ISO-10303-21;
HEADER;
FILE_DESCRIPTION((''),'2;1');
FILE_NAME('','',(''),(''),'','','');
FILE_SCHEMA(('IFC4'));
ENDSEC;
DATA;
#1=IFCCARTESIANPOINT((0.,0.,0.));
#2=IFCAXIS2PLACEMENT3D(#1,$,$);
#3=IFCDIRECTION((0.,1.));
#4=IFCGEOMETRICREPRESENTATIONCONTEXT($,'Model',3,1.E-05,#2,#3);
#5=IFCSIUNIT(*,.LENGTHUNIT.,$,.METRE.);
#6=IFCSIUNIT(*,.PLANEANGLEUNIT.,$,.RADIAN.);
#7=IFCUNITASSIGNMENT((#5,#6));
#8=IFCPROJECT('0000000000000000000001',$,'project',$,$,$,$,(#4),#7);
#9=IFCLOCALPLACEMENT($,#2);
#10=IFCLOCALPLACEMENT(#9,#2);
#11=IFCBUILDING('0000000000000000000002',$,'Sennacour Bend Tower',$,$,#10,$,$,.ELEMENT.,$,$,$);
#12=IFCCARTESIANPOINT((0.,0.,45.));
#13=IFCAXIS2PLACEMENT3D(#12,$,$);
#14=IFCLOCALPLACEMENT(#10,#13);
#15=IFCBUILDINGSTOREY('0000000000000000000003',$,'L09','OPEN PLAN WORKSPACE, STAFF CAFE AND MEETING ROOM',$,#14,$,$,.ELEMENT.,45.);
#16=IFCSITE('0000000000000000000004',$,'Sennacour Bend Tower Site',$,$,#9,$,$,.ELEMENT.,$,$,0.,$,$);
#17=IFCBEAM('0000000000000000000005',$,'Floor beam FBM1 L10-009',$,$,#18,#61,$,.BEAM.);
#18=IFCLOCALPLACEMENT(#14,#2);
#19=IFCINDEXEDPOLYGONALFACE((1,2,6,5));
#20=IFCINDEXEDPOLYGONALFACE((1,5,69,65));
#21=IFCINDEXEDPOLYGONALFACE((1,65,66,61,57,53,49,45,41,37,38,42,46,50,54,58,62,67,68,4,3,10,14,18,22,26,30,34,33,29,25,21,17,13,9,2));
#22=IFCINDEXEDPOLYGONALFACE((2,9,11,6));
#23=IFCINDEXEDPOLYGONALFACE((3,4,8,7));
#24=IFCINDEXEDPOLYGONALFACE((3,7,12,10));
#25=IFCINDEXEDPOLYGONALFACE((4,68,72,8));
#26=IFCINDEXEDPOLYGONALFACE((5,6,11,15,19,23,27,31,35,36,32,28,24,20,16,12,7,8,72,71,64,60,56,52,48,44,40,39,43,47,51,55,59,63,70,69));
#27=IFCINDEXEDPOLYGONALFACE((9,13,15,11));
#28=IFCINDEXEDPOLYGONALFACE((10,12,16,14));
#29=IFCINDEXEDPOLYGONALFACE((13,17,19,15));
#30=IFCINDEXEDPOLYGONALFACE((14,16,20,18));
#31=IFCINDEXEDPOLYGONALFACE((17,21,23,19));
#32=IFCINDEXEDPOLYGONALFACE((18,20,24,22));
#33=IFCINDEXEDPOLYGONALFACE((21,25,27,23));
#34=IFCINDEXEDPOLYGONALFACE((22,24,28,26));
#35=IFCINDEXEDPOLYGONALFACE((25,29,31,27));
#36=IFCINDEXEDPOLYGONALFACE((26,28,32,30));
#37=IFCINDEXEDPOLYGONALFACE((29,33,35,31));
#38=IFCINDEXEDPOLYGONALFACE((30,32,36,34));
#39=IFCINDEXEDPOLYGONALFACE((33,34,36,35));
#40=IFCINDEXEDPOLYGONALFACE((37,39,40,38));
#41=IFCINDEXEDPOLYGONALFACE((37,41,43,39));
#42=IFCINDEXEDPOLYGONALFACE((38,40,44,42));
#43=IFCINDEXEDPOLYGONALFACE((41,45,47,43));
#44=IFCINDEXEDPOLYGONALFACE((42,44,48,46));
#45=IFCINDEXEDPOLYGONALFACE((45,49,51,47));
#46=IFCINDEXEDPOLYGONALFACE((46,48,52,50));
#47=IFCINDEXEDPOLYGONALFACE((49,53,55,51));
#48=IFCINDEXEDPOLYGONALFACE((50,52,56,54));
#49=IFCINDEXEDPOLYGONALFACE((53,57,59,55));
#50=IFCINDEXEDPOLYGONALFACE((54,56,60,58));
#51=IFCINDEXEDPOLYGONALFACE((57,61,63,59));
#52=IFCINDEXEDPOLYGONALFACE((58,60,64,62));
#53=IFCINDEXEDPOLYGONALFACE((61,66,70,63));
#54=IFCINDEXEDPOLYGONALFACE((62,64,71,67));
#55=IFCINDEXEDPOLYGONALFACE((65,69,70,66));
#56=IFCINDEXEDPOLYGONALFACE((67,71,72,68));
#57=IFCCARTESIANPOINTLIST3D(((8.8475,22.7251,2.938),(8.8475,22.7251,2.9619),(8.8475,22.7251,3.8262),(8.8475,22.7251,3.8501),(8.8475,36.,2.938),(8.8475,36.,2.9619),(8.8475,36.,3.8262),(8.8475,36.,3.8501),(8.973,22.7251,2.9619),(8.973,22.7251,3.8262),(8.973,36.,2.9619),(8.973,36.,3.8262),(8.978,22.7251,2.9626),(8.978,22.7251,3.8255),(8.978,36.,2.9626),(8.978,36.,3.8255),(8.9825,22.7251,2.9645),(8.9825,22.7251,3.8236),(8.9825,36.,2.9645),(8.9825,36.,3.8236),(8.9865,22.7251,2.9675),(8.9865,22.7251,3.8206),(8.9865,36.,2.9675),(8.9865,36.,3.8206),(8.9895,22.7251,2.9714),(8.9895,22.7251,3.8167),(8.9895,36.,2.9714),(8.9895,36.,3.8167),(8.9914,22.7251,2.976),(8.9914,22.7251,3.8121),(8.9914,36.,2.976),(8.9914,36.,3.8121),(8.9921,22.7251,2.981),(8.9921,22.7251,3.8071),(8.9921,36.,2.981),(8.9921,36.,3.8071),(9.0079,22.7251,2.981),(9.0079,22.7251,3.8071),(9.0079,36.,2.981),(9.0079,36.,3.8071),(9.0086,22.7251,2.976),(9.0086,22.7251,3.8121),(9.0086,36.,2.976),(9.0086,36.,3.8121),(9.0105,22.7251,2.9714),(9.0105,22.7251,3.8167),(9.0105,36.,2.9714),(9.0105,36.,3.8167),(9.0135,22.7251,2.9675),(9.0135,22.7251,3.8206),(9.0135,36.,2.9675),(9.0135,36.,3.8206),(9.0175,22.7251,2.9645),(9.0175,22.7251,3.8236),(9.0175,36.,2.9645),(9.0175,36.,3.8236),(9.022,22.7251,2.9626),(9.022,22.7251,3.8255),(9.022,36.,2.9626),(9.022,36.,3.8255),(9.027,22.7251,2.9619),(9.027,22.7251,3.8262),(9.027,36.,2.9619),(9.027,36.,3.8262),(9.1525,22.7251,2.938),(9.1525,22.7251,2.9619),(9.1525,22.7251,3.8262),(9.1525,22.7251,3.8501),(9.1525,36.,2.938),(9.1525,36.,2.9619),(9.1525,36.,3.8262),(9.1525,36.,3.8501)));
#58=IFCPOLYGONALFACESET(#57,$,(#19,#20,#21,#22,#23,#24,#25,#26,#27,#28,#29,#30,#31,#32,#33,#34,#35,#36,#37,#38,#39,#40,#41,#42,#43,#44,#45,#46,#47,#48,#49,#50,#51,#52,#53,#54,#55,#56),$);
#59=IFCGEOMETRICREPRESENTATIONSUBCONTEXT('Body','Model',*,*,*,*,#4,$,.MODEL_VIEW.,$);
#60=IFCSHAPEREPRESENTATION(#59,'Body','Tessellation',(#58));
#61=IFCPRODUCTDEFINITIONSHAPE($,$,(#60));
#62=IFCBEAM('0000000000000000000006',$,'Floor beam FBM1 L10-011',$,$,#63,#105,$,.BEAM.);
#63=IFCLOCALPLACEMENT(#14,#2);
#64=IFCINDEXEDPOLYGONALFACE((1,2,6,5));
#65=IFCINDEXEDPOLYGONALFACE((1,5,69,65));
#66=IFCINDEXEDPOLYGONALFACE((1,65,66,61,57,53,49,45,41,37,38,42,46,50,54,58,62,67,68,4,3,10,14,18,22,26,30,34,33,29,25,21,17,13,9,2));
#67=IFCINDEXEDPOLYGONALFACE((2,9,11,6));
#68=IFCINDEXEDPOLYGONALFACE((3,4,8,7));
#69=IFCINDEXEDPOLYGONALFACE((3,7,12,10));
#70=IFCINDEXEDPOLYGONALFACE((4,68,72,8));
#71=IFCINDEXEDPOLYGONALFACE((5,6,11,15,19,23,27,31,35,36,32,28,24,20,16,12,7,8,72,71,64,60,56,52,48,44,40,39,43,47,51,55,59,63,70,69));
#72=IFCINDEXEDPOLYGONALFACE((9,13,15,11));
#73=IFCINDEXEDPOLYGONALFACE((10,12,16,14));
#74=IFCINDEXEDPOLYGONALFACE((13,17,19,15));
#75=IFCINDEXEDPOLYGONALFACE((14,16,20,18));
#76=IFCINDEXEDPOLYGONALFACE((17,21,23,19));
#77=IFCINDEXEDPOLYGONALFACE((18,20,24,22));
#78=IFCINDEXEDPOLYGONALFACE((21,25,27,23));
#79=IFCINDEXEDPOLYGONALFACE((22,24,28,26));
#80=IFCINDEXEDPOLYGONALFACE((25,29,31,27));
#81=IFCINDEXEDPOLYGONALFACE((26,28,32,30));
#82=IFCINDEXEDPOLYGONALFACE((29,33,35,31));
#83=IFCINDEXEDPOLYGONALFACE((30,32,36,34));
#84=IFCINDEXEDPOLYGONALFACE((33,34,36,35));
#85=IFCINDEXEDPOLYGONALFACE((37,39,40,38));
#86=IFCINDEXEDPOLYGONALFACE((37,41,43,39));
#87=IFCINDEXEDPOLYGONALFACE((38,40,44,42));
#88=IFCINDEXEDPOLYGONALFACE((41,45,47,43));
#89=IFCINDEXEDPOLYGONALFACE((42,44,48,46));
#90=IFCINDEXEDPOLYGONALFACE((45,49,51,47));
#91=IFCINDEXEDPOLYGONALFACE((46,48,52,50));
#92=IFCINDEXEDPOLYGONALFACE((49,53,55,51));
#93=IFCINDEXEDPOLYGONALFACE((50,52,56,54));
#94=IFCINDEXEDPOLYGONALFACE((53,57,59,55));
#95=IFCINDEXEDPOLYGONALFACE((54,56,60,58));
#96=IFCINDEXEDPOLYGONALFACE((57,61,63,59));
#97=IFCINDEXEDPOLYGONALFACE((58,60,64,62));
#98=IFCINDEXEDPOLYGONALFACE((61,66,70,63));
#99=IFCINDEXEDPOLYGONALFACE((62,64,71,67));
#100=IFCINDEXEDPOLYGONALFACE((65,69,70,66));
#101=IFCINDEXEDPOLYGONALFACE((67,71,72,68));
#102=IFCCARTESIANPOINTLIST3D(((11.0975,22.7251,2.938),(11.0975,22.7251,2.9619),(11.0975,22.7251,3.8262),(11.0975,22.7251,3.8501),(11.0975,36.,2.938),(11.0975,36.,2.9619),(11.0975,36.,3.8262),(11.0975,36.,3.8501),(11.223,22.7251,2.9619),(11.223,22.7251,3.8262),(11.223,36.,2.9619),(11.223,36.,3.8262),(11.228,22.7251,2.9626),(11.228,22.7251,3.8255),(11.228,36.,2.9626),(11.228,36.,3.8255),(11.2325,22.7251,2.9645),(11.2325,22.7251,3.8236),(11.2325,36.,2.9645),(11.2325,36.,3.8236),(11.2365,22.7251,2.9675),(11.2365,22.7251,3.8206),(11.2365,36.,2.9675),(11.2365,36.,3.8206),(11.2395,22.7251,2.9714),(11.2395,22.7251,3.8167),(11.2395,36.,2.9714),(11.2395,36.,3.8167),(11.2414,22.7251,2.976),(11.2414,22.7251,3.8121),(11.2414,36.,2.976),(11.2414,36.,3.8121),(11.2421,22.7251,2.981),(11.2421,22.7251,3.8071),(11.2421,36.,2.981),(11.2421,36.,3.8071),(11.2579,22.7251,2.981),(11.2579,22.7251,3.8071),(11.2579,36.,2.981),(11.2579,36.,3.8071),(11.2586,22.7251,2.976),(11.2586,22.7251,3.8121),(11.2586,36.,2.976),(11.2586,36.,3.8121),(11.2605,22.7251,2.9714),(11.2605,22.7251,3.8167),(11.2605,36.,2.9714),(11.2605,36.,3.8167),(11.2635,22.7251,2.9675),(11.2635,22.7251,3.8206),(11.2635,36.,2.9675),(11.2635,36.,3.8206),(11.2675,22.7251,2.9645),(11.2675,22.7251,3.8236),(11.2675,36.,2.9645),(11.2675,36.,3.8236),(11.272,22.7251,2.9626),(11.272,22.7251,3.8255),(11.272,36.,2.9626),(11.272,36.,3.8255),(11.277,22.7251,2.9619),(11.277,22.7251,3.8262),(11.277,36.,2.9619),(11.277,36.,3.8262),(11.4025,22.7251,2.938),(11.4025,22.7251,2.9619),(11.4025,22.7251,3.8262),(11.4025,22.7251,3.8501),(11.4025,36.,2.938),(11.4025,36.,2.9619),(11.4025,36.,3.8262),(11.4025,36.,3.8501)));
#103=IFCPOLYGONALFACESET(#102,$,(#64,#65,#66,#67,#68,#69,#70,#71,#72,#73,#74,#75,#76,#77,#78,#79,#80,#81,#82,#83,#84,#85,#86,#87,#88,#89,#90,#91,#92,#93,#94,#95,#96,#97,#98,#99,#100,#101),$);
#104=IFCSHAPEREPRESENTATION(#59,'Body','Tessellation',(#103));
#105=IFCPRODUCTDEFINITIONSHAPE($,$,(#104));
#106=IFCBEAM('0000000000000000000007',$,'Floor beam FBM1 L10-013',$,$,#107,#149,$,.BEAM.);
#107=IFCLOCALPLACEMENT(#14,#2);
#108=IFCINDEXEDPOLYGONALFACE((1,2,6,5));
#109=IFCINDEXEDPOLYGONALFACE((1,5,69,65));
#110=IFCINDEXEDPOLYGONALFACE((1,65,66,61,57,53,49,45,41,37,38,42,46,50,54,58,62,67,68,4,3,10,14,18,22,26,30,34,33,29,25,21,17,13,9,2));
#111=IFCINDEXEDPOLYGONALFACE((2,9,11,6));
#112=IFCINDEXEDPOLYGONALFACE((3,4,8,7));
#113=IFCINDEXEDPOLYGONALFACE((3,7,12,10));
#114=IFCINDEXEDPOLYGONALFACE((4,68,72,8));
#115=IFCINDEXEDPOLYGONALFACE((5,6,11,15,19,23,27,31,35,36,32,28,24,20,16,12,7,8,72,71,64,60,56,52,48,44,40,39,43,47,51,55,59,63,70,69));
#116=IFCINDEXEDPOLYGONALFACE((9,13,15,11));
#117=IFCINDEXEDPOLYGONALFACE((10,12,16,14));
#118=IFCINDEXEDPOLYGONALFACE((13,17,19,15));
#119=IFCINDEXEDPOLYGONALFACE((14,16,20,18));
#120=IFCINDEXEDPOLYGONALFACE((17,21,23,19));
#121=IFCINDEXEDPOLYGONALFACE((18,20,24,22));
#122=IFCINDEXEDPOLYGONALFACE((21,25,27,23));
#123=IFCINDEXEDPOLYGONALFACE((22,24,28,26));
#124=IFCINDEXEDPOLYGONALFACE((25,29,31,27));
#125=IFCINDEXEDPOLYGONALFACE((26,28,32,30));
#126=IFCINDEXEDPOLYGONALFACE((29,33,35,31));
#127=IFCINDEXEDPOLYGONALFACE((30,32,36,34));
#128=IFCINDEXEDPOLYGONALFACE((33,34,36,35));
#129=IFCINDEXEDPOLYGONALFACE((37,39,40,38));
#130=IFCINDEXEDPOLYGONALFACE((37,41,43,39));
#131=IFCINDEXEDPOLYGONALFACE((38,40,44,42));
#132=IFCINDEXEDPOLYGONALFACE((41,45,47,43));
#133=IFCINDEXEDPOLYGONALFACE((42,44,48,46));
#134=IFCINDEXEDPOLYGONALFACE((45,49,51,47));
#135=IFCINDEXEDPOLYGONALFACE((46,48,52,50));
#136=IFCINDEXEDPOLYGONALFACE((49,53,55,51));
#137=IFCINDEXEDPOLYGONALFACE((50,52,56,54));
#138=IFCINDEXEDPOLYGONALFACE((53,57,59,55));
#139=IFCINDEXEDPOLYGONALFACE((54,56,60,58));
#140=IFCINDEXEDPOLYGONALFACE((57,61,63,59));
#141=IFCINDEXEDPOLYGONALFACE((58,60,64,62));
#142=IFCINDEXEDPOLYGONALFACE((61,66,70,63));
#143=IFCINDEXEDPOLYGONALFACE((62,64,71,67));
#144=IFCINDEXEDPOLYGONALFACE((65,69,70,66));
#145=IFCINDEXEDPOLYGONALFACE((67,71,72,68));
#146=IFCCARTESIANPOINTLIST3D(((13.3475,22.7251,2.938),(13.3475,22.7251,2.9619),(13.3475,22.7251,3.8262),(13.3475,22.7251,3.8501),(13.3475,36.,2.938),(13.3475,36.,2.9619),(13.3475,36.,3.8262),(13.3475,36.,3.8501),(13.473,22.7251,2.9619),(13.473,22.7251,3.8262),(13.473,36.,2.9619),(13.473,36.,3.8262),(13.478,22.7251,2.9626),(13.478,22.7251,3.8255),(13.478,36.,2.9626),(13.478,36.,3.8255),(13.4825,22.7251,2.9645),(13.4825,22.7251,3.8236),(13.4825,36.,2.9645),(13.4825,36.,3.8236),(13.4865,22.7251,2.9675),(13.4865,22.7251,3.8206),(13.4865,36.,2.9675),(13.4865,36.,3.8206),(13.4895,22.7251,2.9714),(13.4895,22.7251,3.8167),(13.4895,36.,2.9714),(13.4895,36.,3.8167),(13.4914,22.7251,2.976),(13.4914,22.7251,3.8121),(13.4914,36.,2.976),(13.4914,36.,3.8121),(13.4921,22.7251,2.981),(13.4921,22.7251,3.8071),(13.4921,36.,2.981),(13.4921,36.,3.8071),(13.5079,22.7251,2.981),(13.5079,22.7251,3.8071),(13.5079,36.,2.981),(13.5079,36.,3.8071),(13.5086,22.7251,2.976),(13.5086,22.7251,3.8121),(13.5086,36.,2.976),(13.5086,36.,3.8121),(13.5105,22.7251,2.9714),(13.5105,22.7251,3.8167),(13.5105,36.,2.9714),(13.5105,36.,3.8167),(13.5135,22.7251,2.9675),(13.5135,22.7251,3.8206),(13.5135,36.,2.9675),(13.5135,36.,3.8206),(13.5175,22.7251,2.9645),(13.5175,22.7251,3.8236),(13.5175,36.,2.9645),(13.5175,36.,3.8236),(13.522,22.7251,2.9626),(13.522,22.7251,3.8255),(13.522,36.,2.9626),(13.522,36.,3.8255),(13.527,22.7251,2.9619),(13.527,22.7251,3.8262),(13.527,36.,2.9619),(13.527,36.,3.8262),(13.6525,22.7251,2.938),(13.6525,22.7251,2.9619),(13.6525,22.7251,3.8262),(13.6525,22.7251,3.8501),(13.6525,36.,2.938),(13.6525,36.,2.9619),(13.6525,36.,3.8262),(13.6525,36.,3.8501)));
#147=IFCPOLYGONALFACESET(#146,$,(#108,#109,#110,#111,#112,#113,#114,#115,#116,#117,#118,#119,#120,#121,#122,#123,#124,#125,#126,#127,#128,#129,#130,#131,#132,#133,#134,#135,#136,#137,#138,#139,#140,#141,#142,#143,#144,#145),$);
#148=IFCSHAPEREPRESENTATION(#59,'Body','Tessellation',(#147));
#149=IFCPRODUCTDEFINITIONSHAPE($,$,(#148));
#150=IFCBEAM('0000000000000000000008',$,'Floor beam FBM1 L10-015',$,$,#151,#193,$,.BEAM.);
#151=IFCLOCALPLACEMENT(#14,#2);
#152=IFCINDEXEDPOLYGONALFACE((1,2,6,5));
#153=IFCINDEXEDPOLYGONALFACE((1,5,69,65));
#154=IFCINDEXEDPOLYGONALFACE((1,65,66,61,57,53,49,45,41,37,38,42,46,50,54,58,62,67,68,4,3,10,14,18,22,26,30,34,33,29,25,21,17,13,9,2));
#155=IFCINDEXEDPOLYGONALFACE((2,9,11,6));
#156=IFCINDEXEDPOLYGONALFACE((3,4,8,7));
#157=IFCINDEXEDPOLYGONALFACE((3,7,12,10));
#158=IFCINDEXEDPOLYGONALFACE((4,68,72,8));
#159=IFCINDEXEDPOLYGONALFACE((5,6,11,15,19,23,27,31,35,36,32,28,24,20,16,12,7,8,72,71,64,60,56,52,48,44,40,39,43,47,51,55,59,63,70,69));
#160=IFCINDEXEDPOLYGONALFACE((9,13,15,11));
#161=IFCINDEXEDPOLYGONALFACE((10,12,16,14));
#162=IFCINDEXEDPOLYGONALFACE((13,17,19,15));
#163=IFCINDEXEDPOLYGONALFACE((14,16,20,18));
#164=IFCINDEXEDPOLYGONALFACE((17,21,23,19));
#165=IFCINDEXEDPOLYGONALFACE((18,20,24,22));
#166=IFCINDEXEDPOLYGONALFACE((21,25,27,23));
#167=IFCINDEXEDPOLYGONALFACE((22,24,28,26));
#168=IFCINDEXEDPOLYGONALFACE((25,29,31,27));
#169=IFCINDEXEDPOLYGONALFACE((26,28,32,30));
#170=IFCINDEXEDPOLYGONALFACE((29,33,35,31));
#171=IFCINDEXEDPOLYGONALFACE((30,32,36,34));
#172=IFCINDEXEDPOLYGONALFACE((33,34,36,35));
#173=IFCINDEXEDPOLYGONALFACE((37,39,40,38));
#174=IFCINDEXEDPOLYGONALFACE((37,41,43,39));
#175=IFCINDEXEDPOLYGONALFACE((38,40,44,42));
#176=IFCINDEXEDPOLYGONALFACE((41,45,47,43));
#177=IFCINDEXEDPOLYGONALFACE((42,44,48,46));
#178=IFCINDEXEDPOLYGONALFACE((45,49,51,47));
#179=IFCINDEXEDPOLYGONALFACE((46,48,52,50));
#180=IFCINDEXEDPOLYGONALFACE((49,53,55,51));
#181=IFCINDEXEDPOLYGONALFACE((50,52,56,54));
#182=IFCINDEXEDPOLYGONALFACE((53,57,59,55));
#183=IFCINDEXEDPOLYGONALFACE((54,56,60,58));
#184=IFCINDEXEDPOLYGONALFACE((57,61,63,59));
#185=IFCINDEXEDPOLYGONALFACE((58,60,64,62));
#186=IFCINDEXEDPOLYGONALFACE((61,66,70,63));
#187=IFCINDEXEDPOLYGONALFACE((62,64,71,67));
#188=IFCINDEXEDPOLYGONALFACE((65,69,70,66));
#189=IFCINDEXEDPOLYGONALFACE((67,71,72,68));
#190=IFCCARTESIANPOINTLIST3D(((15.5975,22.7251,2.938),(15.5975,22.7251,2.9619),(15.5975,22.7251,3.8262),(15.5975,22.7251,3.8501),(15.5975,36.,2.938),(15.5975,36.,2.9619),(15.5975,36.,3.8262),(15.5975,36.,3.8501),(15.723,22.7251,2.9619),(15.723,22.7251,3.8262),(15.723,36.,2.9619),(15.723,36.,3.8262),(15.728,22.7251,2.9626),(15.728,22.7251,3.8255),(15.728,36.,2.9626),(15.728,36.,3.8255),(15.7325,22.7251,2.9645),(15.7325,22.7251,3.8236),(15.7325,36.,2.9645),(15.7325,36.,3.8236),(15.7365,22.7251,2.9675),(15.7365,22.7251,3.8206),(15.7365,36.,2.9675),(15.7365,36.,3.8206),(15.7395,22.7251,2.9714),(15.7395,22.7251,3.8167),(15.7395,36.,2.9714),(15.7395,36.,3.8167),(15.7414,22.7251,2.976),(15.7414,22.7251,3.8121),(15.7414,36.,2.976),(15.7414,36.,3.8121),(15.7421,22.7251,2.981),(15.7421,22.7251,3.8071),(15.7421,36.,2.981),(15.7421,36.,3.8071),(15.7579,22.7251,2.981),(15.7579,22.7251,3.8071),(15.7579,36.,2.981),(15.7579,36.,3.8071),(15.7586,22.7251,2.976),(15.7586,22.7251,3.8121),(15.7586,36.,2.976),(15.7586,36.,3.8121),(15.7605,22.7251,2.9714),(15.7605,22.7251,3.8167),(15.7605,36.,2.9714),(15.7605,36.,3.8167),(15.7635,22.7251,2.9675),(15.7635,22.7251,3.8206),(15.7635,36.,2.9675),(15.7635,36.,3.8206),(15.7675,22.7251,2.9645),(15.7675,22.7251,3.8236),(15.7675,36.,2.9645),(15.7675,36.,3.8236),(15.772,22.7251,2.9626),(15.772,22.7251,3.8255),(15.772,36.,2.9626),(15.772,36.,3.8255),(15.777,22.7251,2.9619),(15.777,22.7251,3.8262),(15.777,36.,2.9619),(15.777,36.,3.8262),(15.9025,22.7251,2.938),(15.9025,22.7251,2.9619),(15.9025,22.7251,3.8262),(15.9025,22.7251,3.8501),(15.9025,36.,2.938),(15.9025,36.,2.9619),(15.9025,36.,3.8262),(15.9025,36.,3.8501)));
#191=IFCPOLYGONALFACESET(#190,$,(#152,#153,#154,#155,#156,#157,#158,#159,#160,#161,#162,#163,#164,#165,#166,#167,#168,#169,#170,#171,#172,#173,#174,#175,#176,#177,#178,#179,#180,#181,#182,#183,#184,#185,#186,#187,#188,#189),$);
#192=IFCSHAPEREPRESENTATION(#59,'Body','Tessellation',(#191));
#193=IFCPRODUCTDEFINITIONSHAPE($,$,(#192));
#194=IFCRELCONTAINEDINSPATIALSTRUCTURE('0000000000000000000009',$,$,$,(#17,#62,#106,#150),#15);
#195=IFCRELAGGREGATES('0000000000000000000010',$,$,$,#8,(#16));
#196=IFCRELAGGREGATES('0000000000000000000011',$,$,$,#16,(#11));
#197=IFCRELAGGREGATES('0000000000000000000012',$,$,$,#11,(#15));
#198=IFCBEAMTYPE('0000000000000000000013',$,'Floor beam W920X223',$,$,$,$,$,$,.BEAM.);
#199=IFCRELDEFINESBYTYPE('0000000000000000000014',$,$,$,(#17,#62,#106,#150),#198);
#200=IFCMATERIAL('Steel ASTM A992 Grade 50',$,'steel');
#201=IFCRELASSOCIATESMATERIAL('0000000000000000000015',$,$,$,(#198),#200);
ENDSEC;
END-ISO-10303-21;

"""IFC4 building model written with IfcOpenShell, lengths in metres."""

from ifc_helpers import new_model, si_unit, direction, frame, origin, origin_2d, place, context, subcontext, project, spatial, i_section, extrude, material, material_profile, profile_set, type_object, element, save


model = new_model("IFC4")

# Units and contexts
model_context = context("Model", 3, precision=1e-05, world=origin(), true_north=direction((0.0, 1.0)))
body_context = subcontext(model_context, "Body", "Model", "MODEL_VIEW")
ifc_project = project(units=[si_unit("LENGTHUNIT", "METRE"), si_unit("PLANEANGLEUNIT", "RADIAN")], contexts=[model_context])

# Site, building, storey
site_placement = place(None, origin())
site = spatial("IfcSite", under=ifc_project, at=site_placement, Name="Sennacour Bend Tower Site", CompositionType="ELEMENT", RefElevation=0.0)
building_placement = place(site_placement, origin())
building = spatial("IfcBuilding", under=site, at=building_placement, Name="Sennacour Bend Tower", CompositionType="ELEMENT")
storey_placement = place(building_placement, frame((0.0, 0.0, 45.0)))
storey = spatial("IfcBuildingStorey", under=building, at=storey_placement, Name="L09", Description="OPEN PLAN WORKSPACE, STAFF CAFE AND MEETING ROOM", CompositionType="ELEMENT", Elevation=45.0)

# Beams
ifc_material_1 = material(Name="Steel ASTM A992 Grade 50", Category="steel")
ifc_material_profile = material_profile(ifc_material_1, i_section(OverallWidth=0.3049, OverallDepth=0.9121, WebThickness=0.0159, FlangeThickness=0.0239, FilletRadius=0.019, at=origin_2d()), Name="Steel ASTM A992 Grade 50", Category="steel")
ifc_profile_set = profile_set([ifc_material_profile], Name="Steel ASTM A992 Grade 50")
beam_type = type_object("IfcBeamType", Name="Floor beam W920X223", PredefinedType="BEAM", material=ifc_profile_set)
for number, where, z_axis, x_axis, name in (
    (1, (9.0, 22.7251, 3.394), (0.0, 1.0, 0.0), (-1.0, 0.0, 0.0), "Floor beam FBM1 L10-009"),
    (2, (11.25, 22.7251, 3.394), (0.0, 1.0, 0.0), (-1.0, 0.0, 0.0), "Floor beam FBM1 L10-011"),
    (3, (13.5, 22.7251, 3.394), (0.0, 1.0, 0.0), (-1.0, 0.0, 0.0), "Floor beam FBM1 L10-013"),
    (4, (15.75, 22.7251, 3.394), (0.0, 1.0, 0.0), (-1.0, 0.0, 0.0), "Floor beam FBM1 L10-015"),
):
    element("IfcBeam", number, at=place(storey_placement, frame(where, z_axis=z_axis, x_axis=x_axis)), inside=storey, type_object=beam_type, Name=name, PredefinedType="BEAM", context=body_context, shape_type="SweptSolid", body=[
        extrude(i_section(OverallWidth=0.3049, OverallDepth=0.9121, WebThickness=0.0159, FlangeThickness=0.0239, FilletRadius=0.019, at=origin_2d()), origin(), (0.0, 0.0, 1.0), 13.2749),
    ])

save(model, "model.ifc")
